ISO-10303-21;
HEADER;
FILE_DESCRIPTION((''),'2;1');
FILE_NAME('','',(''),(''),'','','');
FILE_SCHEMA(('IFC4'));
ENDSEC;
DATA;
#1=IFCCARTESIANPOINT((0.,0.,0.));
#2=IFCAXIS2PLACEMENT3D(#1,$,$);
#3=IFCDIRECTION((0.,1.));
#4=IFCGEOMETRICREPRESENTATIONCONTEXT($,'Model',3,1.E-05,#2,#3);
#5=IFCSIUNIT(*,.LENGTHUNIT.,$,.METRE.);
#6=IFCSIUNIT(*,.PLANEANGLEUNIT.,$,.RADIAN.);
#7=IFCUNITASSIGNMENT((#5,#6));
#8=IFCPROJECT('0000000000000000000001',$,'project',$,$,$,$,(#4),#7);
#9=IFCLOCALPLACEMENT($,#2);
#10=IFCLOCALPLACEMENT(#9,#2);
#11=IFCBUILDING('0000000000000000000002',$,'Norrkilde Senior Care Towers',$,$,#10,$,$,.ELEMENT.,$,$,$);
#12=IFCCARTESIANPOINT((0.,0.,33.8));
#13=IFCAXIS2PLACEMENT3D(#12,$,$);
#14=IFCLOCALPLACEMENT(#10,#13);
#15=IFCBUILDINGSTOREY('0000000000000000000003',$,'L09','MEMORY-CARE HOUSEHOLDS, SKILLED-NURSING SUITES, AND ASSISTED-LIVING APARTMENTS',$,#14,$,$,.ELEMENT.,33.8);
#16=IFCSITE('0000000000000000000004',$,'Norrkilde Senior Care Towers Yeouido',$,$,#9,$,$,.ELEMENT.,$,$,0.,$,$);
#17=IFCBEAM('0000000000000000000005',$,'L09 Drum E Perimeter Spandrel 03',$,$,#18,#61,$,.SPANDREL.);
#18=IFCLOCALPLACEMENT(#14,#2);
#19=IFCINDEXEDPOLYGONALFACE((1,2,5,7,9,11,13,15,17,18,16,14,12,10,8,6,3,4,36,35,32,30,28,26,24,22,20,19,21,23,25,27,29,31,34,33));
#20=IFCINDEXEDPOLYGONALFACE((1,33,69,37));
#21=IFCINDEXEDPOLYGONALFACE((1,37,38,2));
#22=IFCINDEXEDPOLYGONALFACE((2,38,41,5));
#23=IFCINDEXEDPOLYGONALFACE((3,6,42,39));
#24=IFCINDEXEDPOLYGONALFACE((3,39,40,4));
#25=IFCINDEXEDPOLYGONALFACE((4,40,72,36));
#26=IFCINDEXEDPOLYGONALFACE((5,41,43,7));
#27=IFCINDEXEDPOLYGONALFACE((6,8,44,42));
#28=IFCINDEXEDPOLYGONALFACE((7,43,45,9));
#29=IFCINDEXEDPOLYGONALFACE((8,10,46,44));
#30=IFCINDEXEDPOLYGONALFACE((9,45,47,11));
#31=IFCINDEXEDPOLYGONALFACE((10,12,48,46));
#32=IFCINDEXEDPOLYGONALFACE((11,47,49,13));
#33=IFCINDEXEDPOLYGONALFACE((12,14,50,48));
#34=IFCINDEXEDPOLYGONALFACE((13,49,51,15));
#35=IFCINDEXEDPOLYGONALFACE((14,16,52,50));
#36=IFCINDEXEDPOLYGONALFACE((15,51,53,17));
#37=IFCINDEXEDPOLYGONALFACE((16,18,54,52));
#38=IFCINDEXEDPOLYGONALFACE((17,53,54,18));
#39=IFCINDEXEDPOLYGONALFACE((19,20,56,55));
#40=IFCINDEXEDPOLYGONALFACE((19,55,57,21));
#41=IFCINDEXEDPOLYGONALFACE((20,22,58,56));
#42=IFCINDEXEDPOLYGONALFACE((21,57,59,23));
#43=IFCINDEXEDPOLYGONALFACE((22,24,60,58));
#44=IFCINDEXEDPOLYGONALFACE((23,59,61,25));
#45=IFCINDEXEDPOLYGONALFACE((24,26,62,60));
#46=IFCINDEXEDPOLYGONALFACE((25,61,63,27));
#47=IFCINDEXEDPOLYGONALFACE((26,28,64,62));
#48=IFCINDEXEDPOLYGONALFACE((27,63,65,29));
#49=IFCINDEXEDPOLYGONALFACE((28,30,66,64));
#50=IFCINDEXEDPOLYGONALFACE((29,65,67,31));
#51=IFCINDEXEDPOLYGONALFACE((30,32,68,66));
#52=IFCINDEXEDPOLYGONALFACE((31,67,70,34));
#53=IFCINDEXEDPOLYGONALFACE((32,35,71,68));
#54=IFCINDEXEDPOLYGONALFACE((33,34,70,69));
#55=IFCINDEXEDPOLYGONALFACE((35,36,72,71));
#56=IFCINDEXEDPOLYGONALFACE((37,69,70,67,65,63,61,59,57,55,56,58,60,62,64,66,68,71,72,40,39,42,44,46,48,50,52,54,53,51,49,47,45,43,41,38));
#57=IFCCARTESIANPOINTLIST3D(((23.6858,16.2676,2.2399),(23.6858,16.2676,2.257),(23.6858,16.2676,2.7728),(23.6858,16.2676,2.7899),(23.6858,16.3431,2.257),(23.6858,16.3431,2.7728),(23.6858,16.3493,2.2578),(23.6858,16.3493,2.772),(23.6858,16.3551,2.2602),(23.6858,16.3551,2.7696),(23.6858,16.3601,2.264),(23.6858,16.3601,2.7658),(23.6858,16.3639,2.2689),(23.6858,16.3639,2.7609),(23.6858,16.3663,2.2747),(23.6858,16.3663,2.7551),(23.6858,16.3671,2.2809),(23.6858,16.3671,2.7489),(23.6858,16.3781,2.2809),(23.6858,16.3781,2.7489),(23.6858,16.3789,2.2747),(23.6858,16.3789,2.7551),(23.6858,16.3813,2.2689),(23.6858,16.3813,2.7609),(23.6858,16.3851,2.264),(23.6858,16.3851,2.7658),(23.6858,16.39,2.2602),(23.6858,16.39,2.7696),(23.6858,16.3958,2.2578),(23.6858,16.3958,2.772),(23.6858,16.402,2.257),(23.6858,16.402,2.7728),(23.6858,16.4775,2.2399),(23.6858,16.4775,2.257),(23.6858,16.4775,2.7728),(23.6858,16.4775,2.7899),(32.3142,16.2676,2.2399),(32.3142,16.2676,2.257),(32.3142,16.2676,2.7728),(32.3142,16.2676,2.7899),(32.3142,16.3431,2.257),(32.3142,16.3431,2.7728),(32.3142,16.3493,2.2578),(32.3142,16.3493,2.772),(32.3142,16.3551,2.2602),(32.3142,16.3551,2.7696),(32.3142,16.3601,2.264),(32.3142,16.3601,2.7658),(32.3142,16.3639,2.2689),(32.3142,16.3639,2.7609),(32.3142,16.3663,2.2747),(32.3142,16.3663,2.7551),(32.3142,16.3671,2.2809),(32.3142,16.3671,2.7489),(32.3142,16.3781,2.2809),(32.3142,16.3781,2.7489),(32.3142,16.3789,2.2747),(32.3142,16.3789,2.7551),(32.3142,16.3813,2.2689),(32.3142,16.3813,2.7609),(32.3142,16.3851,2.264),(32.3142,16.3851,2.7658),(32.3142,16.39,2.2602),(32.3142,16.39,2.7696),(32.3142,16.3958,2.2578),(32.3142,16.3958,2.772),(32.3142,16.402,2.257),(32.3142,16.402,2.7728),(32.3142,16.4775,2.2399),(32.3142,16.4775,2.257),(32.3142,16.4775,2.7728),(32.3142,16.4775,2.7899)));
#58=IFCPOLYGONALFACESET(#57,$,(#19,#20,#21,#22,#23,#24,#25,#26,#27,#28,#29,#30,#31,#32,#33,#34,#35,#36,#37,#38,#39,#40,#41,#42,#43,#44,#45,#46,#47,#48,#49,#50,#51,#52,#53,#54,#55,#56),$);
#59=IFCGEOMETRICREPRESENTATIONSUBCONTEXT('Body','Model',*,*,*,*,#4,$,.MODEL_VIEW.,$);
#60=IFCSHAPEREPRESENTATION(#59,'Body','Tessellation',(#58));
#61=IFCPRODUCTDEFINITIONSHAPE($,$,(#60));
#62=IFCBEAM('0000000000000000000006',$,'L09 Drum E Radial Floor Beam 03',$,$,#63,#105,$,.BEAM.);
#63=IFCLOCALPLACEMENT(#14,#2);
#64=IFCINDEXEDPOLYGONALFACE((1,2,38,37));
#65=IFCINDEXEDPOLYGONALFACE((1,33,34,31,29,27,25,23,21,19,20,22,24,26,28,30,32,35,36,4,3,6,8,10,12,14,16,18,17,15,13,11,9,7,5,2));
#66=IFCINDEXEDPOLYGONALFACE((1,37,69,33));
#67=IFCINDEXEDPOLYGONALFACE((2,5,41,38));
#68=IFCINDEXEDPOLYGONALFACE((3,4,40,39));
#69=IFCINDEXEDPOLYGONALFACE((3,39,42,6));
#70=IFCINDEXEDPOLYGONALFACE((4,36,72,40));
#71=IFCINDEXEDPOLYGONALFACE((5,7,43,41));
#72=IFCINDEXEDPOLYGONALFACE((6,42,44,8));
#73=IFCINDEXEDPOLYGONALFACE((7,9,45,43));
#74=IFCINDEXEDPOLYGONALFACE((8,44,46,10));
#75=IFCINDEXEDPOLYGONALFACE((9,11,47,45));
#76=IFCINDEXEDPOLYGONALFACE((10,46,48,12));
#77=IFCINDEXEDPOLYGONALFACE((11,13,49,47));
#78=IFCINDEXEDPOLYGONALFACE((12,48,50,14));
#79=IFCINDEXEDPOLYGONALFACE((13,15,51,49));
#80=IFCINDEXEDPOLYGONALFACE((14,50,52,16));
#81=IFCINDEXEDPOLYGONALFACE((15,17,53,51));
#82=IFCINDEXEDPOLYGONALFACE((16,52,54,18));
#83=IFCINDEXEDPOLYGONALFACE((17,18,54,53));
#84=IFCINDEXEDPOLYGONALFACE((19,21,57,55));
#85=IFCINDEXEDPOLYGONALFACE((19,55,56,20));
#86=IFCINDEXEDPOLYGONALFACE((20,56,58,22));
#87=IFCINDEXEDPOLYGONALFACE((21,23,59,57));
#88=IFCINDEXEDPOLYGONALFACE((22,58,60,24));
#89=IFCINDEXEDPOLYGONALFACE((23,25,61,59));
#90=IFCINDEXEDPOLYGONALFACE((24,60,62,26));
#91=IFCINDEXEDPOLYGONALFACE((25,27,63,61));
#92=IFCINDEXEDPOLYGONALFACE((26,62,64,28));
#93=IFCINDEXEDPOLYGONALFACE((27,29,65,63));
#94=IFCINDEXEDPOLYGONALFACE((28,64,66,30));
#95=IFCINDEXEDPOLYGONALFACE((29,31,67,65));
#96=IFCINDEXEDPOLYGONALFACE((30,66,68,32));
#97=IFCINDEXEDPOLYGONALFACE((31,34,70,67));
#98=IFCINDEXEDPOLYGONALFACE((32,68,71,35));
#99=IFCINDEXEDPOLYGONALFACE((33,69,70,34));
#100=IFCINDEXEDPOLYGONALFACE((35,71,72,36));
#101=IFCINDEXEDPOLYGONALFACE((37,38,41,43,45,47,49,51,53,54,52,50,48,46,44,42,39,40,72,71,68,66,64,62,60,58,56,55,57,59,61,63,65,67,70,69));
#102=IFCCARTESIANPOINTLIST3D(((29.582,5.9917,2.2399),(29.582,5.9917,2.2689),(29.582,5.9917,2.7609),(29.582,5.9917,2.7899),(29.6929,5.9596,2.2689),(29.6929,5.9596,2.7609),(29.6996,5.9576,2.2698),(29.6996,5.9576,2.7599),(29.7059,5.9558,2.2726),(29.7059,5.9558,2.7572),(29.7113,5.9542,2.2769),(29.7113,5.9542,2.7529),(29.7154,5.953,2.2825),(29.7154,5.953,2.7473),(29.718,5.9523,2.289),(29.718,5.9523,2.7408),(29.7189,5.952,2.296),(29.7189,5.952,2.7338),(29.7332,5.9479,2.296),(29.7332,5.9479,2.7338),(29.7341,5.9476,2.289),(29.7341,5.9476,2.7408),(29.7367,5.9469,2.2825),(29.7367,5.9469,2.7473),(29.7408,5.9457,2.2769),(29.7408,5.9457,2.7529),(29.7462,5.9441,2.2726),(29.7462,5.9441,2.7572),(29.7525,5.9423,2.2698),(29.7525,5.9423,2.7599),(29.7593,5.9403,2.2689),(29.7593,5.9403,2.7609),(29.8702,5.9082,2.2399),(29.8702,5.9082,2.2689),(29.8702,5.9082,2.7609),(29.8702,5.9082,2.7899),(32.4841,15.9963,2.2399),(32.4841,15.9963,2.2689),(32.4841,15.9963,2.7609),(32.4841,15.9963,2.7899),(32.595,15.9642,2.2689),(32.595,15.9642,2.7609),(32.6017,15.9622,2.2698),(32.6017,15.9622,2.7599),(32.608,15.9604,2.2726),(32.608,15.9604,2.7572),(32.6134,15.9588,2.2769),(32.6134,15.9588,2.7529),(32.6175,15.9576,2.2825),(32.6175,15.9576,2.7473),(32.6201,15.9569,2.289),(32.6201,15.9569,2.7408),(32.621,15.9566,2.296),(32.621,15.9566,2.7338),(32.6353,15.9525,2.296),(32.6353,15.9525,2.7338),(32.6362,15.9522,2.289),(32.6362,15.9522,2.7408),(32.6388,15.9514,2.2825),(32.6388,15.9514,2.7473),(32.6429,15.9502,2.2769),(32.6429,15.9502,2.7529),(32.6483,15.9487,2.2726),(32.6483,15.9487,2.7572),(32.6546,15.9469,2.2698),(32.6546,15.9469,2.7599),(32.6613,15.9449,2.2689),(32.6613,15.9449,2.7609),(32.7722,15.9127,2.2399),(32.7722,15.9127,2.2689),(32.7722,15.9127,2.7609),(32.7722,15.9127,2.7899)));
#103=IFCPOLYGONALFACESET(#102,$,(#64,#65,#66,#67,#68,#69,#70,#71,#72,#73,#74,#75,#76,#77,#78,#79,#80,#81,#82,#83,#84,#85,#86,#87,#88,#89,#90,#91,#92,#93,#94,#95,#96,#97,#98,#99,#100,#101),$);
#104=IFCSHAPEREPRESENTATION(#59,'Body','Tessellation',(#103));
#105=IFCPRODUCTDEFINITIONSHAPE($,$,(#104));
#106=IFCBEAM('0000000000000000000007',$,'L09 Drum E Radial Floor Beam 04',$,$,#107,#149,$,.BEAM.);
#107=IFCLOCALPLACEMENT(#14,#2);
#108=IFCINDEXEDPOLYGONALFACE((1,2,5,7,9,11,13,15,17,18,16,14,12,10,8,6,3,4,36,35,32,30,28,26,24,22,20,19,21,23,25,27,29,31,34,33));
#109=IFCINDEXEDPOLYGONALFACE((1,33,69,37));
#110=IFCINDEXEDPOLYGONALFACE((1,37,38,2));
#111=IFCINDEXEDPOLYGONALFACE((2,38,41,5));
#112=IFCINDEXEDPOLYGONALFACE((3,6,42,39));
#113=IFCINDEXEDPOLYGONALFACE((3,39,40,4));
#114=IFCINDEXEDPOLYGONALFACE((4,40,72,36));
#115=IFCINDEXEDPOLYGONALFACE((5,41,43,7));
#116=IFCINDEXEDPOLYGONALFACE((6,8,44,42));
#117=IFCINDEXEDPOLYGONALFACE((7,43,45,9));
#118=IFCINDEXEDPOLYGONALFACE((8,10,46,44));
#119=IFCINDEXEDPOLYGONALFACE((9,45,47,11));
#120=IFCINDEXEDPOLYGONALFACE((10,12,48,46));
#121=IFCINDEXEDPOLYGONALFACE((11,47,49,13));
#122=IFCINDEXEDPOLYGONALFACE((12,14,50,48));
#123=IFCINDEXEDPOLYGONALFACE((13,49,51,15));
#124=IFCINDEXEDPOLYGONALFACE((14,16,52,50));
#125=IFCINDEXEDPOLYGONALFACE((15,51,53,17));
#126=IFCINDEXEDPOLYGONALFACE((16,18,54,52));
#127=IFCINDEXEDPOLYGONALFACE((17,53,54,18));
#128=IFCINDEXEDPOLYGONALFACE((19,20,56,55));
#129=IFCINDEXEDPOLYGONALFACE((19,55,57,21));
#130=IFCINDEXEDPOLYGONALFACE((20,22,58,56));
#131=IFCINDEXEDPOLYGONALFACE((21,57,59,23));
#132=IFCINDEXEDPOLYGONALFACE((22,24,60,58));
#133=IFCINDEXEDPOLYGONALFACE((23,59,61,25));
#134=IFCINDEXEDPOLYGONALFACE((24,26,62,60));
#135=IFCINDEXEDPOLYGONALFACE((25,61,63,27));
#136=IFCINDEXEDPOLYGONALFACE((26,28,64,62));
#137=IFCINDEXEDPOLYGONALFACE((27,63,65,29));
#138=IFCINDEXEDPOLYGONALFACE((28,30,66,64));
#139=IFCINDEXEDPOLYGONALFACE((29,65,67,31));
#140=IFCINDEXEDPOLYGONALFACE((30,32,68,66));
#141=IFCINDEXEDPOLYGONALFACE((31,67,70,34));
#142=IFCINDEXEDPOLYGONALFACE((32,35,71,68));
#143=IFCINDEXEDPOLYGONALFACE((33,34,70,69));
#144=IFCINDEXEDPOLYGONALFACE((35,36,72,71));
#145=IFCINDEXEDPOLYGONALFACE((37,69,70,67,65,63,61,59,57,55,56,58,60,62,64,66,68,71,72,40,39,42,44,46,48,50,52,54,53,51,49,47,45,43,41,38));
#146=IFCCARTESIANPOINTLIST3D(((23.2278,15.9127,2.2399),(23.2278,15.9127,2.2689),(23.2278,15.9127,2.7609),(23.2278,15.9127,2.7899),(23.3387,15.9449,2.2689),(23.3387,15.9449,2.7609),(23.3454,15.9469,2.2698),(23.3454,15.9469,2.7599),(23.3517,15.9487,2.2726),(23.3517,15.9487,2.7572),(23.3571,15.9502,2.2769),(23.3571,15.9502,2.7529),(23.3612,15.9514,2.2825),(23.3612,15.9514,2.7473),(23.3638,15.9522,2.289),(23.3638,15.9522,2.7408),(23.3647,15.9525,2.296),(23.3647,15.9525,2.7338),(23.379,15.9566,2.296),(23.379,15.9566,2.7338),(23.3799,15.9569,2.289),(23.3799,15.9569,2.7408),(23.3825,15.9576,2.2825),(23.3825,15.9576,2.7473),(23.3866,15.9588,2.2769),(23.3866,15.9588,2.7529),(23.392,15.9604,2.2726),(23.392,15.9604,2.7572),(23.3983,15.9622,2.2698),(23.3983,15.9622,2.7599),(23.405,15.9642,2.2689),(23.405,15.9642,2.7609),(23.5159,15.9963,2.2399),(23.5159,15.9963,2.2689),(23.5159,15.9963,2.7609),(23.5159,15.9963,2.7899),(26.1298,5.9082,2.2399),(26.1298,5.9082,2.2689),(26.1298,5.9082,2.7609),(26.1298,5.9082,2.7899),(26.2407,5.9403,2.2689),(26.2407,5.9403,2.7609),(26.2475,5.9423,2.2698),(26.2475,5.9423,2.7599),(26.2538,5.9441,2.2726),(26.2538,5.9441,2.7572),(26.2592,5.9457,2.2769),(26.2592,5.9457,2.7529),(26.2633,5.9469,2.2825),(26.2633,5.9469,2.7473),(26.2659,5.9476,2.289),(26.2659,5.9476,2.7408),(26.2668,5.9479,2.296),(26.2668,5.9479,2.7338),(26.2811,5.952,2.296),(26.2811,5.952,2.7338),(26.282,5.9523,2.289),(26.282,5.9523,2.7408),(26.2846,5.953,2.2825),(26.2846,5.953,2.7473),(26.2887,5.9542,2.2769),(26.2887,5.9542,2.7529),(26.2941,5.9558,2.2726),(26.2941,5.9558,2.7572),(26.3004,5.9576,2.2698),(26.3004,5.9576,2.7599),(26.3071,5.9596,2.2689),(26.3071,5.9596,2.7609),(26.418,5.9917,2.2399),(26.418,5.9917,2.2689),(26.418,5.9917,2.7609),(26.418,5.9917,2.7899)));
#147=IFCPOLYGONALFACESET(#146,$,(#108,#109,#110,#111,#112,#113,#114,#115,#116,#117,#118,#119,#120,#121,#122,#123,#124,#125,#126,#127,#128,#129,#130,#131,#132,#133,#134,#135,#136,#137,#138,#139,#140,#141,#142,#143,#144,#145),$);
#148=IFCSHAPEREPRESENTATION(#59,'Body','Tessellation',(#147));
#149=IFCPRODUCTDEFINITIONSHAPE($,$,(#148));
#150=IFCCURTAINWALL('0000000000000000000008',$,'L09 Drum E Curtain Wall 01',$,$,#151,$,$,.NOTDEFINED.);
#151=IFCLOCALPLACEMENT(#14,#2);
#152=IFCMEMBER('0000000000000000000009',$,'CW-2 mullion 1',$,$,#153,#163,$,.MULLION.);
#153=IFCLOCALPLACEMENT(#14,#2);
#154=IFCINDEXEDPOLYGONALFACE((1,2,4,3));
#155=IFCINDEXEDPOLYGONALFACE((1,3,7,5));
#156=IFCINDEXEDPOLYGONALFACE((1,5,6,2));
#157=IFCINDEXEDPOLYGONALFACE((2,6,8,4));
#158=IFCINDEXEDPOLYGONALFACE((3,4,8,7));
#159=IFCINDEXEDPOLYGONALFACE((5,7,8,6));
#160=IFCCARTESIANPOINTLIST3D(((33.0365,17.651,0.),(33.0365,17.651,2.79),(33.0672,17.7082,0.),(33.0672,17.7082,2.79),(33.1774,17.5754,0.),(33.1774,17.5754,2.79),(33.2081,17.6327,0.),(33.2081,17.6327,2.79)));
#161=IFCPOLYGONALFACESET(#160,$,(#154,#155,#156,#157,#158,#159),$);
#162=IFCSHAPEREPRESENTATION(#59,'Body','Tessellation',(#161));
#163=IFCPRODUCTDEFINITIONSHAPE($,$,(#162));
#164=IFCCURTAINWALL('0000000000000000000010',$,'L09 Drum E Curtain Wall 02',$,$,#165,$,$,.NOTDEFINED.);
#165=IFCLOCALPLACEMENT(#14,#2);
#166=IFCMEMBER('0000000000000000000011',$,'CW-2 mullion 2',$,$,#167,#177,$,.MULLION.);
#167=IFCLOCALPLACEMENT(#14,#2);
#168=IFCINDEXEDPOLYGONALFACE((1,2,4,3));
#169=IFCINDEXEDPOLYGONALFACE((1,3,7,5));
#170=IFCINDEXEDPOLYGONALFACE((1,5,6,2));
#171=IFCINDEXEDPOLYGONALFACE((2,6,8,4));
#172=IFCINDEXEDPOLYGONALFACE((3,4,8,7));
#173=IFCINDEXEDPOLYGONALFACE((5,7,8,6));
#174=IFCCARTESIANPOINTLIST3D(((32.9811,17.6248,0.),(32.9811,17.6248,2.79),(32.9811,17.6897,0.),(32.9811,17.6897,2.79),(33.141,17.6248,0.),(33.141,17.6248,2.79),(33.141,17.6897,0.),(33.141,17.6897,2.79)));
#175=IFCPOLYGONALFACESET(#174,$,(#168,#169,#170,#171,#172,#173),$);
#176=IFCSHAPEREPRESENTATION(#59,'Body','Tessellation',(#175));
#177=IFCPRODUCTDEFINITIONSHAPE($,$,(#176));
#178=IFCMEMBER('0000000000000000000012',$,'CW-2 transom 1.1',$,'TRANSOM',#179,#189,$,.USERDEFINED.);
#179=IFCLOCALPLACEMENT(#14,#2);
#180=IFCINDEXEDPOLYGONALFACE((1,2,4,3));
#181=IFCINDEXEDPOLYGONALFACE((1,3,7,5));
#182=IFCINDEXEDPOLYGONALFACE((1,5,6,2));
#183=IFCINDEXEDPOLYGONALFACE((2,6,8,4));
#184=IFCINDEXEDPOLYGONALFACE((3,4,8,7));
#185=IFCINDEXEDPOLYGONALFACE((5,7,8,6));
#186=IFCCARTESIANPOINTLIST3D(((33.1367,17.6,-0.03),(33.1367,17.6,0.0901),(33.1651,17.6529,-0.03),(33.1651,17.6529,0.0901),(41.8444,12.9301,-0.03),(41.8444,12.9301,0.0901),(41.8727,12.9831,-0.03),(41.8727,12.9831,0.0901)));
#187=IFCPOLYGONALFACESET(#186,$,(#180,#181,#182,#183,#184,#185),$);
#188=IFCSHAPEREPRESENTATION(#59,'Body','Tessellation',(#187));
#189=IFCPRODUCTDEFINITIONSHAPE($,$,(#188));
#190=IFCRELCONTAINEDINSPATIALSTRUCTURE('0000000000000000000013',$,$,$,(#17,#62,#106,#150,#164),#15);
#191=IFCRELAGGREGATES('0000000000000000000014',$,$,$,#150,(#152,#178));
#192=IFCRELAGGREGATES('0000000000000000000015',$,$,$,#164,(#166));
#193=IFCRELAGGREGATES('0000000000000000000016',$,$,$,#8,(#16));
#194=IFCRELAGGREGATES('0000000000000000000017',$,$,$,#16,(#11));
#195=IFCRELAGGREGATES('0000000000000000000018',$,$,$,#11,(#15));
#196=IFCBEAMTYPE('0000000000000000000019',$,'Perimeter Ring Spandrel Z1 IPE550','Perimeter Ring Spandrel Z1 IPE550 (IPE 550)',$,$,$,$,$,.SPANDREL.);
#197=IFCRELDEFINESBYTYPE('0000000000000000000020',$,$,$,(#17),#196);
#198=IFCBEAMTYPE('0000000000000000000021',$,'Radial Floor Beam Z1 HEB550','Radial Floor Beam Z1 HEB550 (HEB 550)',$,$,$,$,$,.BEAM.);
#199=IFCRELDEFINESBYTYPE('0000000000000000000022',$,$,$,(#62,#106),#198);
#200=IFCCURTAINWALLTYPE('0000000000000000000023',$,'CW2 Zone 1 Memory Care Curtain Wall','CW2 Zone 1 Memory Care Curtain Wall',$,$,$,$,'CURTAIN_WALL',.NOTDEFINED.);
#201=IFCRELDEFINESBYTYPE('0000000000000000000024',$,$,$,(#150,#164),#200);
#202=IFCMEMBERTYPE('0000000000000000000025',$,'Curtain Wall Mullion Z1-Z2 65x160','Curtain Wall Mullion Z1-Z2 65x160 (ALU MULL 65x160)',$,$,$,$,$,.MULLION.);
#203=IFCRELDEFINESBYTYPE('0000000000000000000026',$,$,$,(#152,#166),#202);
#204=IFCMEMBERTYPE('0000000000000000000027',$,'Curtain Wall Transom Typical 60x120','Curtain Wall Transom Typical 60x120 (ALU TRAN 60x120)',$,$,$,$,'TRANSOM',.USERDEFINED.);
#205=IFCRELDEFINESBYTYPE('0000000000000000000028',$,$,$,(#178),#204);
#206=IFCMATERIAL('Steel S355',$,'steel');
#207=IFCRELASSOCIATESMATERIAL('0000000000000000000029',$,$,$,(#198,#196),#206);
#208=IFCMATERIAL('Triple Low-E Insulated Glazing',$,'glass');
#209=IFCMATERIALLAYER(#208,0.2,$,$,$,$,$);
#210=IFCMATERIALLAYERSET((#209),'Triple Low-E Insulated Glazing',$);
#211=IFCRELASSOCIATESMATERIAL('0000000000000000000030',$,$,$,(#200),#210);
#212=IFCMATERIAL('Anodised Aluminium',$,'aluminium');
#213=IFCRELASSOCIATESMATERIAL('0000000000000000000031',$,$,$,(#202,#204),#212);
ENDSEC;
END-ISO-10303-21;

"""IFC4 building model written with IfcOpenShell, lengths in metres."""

from ifc_helpers import new_model, si_unit, direction, frame, origin, origin_2d, place, context, subcontext, project, spatial, rectangle, i_section, extrude, source, transform, mapped, material, layer, layer_set, material_profile, profile_set, type_object, type_shapes, element, aggregate, save


model = new_model("IFC4")

# Units and contexts
model_context = context("Model", 3, precision=1e-05, world=origin(), true_north=direction((0.0, 1.0)))
body_context = subcontext(model_context, "Body", "Model", "MODEL_VIEW")
ifc_project = project(units=[si_unit("LENGTHUNIT", "METRE"), si_unit("PLANEANGLEUNIT", "RADIAN")], contexts=[model_context])

# Site, building, storey
site_placement = place(None, origin())
site = spatial("IfcSite", under=ifc_project, at=site_placement, Name="Norrkilde Senior Care Towers Yeouido", CompositionType="ELEMENT", RefElevation=0.0)
building_placement = place(site_placement, origin())
building = spatial("IfcBuilding", under=site, at=building_placement, Name="Norrkilde Senior Care Towers", CompositionType="ELEMENT")
storey_placement = place(building_placement, frame((0.0, 0.0, 33.8)))
storey = spatial("IfcBuildingStorey", under=building, at=storey_placement, Name="L09", Description="MEMORY-CARE HOUSEHOLDS, SKILLED-NURSING SUITES, AND ASSISTED-LIVING APARTMENTS", CompositionType="ELEMENT", Elevation=33.8)

# Beams
ifc_material_1 = material(Name="Steel S355", Category="steel")
ifc_material_profile_1 = material_profile(ifc_material_1, i_section(OverallWidth=0.3, OverallDepth=0.55, WebThickness=0.0149, FlangeThickness=0.0291, FilletRadius=0.0271, at=origin_2d()), Name="HEB 550")
ifc_profile_set_1 = profile_set([ifc_material_profile_1], Name="Steel S355")
beam_type_1 = type_object("IfcBeamType", Name="Radial Floor Beam Z1 HEB550", Description="Radial Floor Beam Z1 HEB550 (HEB 550)", PredefinedType="BEAM", material=ifc_profile_set_1)
ifc_material_profile_2 = material_profile(ifc_material_1, i_section(OverallWidth=0.21, OverallDepth=0.55, WebThickness=0.011, FlangeThickness=0.0171, FilletRadius=0.0239, at=origin_2d()), Name="IPE 550")
ifc_profile_set_2 = profile_set([ifc_material_profile_2], Name="Steel S355")
beam_type_2 = type_object("IfcBeamType", Name="Perimeter Ring Spandrel Z1 IPE550", Description="Perimeter Ring Spandrel Z1 IPE550 (IPE 550)", PredefinedType="SPANDREL", material=ifc_profile_set_2)
shared_shape_1 = source(origin(), body_context, "Body", "SweptSolid", [
    extrude(i_section(OverallWidth=0.21, OverallDepth=0.55, WebThickness=0.011, FlangeThickness=0.0171, FilletRadius=0.0239, at=origin_2d()), origin(), (0.0, 0.0, 1.0), 8.6284),
])
type_shapes(beam_type_2, [shared_shape_1])
beam_1_placement = place(storey_placement, frame((32.3142, 16.3726, 2.5149), z_axis=(-1.0, 0.0, 0.0), x_axis=(0.0, -1.0, 0.0)))
element("IfcBeam", 1, at=beam_1_placement, inside=storey, type_object=beam_type_2, Name="L09 Drum E Perimeter Spandrel 03", PredefinedType="SPANDREL", context=body_context, shape_type="MappedRepresentation", body=[
    mapped(shared_shape_1, transform((0.0, 0.0, 0.0), x_axis=(1.0, 0.0, 0.0), y_axis=(0.0, 1.0, 0.0), z_axis=(0.0, 0.0, 1.0), scale=1.0)),
])
shared_shape_2 = source(origin(), body_context, "Body", "SweptSolid", [
    extrude(i_section(OverallWidth=0.3, OverallDepth=0.55, WebThickness=0.0149, FlangeThickness=0.0291, FilletRadius=0.0271, at=origin_2d()), origin(), (0.0, 0.0, 1.0), 10.417),
])
for number, where, z_axis, x_axis, name in (
    (2, (29.7261, 5.95, 2.5149), (0.278591, 0.96041, 0.0), (-0.96041, 0.278591, 0.0), "L09 Drum E Radial Floor Beam 03"),
    (3, (26.2739, 5.95, 2.5149), (-0.278591, 0.96041, 0.0), (-0.96041, -0.278591, 0.0), "L09 Drum E Radial Floor Beam 04"),
):
    element("IfcBeam", number, at=place(storey_placement, frame(where, z_axis=z_axis, x_axis=x_axis)), inside=storey, type_object=beam_type_1, Name=name, PredefinedType="BEAM", context=body_context, shape_type="MappedRepresentation", body=[
        mapped(shared_shape_2, transform((0.0, 0.0, 0.0), x_axis=(1.0, 0.0, 0.0), y_axis=(0.0, 1.0, 0.0), z_axis=(0.0, 0.0, 1.0), scale=1.0)),
    ])

# Curtain walls, members
ifc_material_2 = material(Name="Triple Low-E Insulated Glazing", Category="glass")
ifc_layer_1 = layer(ifc_material_2, 0.2)
ifc_layer_set_1 = layer_set([ifc_layer_1], Name="Triple Low-E Insulated Glazing")
curtain_wall_type = type_object("IfcCurtainWallType", Name="CW2 Zone 1 Memory Care Curtain Wall", Description="CW2 Zone 1 Memory Care Curtain Wall", ElementType="CURTAIN_WALL", PredefinedType="NOTDEFINED", material=ifc_layer_set_1)
curtain_wall_1_placement = place(storey_placement, origin())
curtain_wall_1 = element("IfcCurtainWall", 4, at=curtain_wall_1_placement, inside=storey, type_object=curtain_wall_type, Name="L09 Drum E Curtain Wall 01", PredefinedType="NOTDEFINED")
ifc_material_3 = material(Name="Anodised Aluminium", Category="aluminium")
ifc_material_profile_3 = material_profile(ifc_material_3, rectangle(XDim=0.0649, YDim=0.1599, at=origin_2d()), Name="ALU MULL 65x160")
ifc_profile_set_3 = profile_set([ifc_material_profile_3], Name="Anodised Aluminium")
member_type_1 = type_object("IfcMemberType", Name="Curtain Wall Mullion Z1-Z2 65x160", Description="Curtain Wall Mullion Z1-Z2 65x160 (ALU MULL 65x160)", PredefinedType="MULLION", material=ifc_profile_set_3)
shared_shape_3 = source(origin(), body_context, "Body", "SweptSolid", [
    extrude(rectangle(XDim=0.0649, YDim=0.1599, at=origin_2d()), origin(), (0.0, 0.0, 1.0), 2.79),
])
type_shapes(member_type_1, [shared_shape_3])
member_1_placement = place(storey_placement, frame((33.1223, 17.6418, 0.0), z_axis=(0.0, 0.0, 1.0), x_axis=(0.472608, 0.881273, 0.0)))
member_1 = element("IfcMember", 5, at=member_1_placement, type_object=member_type_1, Name="CW-2 mullion 1", PredefinedType="MULLION", context=body_context, shape_type="MappedRepresentation", body=[
    mapped(shared_shape_3, transform((0.0, 0.0, 0.0), x_axis=(1.0, 0.0, 0.0), y_axis=(0.0, 1.0, 0.0), z_axis=(0.0, 0.0, 1.0), scale=1.0)),
])
curtain_wall_2_placement = place(storey_placement, origin())
curtain_wall_2 = element("IfcCurtainWall", 6, at=curtain_wall_2_placement, inside=storey, type_object=curtain_wall_type, Name="L09 Drum E Curtain Wall 02", PredefinedType="NOTDEFINED")
member_2_placement = place(storey_placement, frame((33.061, 17.6572, 0.0), z_axis=(0.0, 0.0, 1.0), x_axis=(0.0, 1.0, 0.0)))
member_2 = element("IfcMember", 7, at=member_2_placement, type_object=member_type_1, Name="CW-2 mullion 2", PredefinedType="MULLION", context=body_context, shape_type="MappedRepresentation", body=[
    mapped(shared_shape_3, transform((0.0, 0.0, 0.0), x_axis=(1.0, 0.0, 0.0), y_axis=(0.0, 1.0, 0.0), z_axis=(0.0, 0.0, 1.0), scale=1.0)),
])

# Member
ifc_material_profile_4 = material_profile(ifc_material_3, rectangle(XDim=0.0601, YDim=0.1201, at=origin_2d()), Name="ALU TRAN 60x120")
ifc_profile_set_4 = profile_set([ifc_material_profile_4], Name="Anodised Aluminium")
member_type_2 = type_object("IfcMemberType", Name="Curtain Wall Transom Typical 60x120", Description="Curtain Wall Transom Typical 60x120 (ALU TRAN 60x120)", ElementType="TRANSOM", PredefinedType="USERDEFINED", material=ifc_profile_set_4)
shared_shape_4 = source(origin(), body_context, "Body", "SweptSolid", [
    extrude(rectangle(XDim=0.0601, YDim=0.1201, at=origin_2d()), origin(), (0.0, 0.0, 1.0), 9.8809),
])
type_shapes(member_type_2, [shared_shape_4])
member_3_placement = place(storey_placement, frame((33.1509, 17.6265, 0.03), z_axis=(0.881267, -0.472618, 0.0), x_axis=(0.472618, 0.881267, 0.0)))
member_3 = element("IfcMember", 8, at=member_3_placement, type_object=member_type_2, Name="CW-2 transom 1.1", ObjectType="TRANSOM", PredefinedType="USERDEFINED", context=body_context, shape_type="MappedRepresentation", body=[
    mapped(shared_shape_4, transform((0.0, 0.0, 0.0), x_axis=(1.0, 0.0, 0.0), y_axis=(0.0, 1.0, 0.0), z_axis=(0.0, 0.0, 1.0), scale=1.0)),
])
aggregate(curtain_wall_1, [member_1, member_3])

aggregate(curtain_wall_2, [member_2])

save(model, "model.ifc")
